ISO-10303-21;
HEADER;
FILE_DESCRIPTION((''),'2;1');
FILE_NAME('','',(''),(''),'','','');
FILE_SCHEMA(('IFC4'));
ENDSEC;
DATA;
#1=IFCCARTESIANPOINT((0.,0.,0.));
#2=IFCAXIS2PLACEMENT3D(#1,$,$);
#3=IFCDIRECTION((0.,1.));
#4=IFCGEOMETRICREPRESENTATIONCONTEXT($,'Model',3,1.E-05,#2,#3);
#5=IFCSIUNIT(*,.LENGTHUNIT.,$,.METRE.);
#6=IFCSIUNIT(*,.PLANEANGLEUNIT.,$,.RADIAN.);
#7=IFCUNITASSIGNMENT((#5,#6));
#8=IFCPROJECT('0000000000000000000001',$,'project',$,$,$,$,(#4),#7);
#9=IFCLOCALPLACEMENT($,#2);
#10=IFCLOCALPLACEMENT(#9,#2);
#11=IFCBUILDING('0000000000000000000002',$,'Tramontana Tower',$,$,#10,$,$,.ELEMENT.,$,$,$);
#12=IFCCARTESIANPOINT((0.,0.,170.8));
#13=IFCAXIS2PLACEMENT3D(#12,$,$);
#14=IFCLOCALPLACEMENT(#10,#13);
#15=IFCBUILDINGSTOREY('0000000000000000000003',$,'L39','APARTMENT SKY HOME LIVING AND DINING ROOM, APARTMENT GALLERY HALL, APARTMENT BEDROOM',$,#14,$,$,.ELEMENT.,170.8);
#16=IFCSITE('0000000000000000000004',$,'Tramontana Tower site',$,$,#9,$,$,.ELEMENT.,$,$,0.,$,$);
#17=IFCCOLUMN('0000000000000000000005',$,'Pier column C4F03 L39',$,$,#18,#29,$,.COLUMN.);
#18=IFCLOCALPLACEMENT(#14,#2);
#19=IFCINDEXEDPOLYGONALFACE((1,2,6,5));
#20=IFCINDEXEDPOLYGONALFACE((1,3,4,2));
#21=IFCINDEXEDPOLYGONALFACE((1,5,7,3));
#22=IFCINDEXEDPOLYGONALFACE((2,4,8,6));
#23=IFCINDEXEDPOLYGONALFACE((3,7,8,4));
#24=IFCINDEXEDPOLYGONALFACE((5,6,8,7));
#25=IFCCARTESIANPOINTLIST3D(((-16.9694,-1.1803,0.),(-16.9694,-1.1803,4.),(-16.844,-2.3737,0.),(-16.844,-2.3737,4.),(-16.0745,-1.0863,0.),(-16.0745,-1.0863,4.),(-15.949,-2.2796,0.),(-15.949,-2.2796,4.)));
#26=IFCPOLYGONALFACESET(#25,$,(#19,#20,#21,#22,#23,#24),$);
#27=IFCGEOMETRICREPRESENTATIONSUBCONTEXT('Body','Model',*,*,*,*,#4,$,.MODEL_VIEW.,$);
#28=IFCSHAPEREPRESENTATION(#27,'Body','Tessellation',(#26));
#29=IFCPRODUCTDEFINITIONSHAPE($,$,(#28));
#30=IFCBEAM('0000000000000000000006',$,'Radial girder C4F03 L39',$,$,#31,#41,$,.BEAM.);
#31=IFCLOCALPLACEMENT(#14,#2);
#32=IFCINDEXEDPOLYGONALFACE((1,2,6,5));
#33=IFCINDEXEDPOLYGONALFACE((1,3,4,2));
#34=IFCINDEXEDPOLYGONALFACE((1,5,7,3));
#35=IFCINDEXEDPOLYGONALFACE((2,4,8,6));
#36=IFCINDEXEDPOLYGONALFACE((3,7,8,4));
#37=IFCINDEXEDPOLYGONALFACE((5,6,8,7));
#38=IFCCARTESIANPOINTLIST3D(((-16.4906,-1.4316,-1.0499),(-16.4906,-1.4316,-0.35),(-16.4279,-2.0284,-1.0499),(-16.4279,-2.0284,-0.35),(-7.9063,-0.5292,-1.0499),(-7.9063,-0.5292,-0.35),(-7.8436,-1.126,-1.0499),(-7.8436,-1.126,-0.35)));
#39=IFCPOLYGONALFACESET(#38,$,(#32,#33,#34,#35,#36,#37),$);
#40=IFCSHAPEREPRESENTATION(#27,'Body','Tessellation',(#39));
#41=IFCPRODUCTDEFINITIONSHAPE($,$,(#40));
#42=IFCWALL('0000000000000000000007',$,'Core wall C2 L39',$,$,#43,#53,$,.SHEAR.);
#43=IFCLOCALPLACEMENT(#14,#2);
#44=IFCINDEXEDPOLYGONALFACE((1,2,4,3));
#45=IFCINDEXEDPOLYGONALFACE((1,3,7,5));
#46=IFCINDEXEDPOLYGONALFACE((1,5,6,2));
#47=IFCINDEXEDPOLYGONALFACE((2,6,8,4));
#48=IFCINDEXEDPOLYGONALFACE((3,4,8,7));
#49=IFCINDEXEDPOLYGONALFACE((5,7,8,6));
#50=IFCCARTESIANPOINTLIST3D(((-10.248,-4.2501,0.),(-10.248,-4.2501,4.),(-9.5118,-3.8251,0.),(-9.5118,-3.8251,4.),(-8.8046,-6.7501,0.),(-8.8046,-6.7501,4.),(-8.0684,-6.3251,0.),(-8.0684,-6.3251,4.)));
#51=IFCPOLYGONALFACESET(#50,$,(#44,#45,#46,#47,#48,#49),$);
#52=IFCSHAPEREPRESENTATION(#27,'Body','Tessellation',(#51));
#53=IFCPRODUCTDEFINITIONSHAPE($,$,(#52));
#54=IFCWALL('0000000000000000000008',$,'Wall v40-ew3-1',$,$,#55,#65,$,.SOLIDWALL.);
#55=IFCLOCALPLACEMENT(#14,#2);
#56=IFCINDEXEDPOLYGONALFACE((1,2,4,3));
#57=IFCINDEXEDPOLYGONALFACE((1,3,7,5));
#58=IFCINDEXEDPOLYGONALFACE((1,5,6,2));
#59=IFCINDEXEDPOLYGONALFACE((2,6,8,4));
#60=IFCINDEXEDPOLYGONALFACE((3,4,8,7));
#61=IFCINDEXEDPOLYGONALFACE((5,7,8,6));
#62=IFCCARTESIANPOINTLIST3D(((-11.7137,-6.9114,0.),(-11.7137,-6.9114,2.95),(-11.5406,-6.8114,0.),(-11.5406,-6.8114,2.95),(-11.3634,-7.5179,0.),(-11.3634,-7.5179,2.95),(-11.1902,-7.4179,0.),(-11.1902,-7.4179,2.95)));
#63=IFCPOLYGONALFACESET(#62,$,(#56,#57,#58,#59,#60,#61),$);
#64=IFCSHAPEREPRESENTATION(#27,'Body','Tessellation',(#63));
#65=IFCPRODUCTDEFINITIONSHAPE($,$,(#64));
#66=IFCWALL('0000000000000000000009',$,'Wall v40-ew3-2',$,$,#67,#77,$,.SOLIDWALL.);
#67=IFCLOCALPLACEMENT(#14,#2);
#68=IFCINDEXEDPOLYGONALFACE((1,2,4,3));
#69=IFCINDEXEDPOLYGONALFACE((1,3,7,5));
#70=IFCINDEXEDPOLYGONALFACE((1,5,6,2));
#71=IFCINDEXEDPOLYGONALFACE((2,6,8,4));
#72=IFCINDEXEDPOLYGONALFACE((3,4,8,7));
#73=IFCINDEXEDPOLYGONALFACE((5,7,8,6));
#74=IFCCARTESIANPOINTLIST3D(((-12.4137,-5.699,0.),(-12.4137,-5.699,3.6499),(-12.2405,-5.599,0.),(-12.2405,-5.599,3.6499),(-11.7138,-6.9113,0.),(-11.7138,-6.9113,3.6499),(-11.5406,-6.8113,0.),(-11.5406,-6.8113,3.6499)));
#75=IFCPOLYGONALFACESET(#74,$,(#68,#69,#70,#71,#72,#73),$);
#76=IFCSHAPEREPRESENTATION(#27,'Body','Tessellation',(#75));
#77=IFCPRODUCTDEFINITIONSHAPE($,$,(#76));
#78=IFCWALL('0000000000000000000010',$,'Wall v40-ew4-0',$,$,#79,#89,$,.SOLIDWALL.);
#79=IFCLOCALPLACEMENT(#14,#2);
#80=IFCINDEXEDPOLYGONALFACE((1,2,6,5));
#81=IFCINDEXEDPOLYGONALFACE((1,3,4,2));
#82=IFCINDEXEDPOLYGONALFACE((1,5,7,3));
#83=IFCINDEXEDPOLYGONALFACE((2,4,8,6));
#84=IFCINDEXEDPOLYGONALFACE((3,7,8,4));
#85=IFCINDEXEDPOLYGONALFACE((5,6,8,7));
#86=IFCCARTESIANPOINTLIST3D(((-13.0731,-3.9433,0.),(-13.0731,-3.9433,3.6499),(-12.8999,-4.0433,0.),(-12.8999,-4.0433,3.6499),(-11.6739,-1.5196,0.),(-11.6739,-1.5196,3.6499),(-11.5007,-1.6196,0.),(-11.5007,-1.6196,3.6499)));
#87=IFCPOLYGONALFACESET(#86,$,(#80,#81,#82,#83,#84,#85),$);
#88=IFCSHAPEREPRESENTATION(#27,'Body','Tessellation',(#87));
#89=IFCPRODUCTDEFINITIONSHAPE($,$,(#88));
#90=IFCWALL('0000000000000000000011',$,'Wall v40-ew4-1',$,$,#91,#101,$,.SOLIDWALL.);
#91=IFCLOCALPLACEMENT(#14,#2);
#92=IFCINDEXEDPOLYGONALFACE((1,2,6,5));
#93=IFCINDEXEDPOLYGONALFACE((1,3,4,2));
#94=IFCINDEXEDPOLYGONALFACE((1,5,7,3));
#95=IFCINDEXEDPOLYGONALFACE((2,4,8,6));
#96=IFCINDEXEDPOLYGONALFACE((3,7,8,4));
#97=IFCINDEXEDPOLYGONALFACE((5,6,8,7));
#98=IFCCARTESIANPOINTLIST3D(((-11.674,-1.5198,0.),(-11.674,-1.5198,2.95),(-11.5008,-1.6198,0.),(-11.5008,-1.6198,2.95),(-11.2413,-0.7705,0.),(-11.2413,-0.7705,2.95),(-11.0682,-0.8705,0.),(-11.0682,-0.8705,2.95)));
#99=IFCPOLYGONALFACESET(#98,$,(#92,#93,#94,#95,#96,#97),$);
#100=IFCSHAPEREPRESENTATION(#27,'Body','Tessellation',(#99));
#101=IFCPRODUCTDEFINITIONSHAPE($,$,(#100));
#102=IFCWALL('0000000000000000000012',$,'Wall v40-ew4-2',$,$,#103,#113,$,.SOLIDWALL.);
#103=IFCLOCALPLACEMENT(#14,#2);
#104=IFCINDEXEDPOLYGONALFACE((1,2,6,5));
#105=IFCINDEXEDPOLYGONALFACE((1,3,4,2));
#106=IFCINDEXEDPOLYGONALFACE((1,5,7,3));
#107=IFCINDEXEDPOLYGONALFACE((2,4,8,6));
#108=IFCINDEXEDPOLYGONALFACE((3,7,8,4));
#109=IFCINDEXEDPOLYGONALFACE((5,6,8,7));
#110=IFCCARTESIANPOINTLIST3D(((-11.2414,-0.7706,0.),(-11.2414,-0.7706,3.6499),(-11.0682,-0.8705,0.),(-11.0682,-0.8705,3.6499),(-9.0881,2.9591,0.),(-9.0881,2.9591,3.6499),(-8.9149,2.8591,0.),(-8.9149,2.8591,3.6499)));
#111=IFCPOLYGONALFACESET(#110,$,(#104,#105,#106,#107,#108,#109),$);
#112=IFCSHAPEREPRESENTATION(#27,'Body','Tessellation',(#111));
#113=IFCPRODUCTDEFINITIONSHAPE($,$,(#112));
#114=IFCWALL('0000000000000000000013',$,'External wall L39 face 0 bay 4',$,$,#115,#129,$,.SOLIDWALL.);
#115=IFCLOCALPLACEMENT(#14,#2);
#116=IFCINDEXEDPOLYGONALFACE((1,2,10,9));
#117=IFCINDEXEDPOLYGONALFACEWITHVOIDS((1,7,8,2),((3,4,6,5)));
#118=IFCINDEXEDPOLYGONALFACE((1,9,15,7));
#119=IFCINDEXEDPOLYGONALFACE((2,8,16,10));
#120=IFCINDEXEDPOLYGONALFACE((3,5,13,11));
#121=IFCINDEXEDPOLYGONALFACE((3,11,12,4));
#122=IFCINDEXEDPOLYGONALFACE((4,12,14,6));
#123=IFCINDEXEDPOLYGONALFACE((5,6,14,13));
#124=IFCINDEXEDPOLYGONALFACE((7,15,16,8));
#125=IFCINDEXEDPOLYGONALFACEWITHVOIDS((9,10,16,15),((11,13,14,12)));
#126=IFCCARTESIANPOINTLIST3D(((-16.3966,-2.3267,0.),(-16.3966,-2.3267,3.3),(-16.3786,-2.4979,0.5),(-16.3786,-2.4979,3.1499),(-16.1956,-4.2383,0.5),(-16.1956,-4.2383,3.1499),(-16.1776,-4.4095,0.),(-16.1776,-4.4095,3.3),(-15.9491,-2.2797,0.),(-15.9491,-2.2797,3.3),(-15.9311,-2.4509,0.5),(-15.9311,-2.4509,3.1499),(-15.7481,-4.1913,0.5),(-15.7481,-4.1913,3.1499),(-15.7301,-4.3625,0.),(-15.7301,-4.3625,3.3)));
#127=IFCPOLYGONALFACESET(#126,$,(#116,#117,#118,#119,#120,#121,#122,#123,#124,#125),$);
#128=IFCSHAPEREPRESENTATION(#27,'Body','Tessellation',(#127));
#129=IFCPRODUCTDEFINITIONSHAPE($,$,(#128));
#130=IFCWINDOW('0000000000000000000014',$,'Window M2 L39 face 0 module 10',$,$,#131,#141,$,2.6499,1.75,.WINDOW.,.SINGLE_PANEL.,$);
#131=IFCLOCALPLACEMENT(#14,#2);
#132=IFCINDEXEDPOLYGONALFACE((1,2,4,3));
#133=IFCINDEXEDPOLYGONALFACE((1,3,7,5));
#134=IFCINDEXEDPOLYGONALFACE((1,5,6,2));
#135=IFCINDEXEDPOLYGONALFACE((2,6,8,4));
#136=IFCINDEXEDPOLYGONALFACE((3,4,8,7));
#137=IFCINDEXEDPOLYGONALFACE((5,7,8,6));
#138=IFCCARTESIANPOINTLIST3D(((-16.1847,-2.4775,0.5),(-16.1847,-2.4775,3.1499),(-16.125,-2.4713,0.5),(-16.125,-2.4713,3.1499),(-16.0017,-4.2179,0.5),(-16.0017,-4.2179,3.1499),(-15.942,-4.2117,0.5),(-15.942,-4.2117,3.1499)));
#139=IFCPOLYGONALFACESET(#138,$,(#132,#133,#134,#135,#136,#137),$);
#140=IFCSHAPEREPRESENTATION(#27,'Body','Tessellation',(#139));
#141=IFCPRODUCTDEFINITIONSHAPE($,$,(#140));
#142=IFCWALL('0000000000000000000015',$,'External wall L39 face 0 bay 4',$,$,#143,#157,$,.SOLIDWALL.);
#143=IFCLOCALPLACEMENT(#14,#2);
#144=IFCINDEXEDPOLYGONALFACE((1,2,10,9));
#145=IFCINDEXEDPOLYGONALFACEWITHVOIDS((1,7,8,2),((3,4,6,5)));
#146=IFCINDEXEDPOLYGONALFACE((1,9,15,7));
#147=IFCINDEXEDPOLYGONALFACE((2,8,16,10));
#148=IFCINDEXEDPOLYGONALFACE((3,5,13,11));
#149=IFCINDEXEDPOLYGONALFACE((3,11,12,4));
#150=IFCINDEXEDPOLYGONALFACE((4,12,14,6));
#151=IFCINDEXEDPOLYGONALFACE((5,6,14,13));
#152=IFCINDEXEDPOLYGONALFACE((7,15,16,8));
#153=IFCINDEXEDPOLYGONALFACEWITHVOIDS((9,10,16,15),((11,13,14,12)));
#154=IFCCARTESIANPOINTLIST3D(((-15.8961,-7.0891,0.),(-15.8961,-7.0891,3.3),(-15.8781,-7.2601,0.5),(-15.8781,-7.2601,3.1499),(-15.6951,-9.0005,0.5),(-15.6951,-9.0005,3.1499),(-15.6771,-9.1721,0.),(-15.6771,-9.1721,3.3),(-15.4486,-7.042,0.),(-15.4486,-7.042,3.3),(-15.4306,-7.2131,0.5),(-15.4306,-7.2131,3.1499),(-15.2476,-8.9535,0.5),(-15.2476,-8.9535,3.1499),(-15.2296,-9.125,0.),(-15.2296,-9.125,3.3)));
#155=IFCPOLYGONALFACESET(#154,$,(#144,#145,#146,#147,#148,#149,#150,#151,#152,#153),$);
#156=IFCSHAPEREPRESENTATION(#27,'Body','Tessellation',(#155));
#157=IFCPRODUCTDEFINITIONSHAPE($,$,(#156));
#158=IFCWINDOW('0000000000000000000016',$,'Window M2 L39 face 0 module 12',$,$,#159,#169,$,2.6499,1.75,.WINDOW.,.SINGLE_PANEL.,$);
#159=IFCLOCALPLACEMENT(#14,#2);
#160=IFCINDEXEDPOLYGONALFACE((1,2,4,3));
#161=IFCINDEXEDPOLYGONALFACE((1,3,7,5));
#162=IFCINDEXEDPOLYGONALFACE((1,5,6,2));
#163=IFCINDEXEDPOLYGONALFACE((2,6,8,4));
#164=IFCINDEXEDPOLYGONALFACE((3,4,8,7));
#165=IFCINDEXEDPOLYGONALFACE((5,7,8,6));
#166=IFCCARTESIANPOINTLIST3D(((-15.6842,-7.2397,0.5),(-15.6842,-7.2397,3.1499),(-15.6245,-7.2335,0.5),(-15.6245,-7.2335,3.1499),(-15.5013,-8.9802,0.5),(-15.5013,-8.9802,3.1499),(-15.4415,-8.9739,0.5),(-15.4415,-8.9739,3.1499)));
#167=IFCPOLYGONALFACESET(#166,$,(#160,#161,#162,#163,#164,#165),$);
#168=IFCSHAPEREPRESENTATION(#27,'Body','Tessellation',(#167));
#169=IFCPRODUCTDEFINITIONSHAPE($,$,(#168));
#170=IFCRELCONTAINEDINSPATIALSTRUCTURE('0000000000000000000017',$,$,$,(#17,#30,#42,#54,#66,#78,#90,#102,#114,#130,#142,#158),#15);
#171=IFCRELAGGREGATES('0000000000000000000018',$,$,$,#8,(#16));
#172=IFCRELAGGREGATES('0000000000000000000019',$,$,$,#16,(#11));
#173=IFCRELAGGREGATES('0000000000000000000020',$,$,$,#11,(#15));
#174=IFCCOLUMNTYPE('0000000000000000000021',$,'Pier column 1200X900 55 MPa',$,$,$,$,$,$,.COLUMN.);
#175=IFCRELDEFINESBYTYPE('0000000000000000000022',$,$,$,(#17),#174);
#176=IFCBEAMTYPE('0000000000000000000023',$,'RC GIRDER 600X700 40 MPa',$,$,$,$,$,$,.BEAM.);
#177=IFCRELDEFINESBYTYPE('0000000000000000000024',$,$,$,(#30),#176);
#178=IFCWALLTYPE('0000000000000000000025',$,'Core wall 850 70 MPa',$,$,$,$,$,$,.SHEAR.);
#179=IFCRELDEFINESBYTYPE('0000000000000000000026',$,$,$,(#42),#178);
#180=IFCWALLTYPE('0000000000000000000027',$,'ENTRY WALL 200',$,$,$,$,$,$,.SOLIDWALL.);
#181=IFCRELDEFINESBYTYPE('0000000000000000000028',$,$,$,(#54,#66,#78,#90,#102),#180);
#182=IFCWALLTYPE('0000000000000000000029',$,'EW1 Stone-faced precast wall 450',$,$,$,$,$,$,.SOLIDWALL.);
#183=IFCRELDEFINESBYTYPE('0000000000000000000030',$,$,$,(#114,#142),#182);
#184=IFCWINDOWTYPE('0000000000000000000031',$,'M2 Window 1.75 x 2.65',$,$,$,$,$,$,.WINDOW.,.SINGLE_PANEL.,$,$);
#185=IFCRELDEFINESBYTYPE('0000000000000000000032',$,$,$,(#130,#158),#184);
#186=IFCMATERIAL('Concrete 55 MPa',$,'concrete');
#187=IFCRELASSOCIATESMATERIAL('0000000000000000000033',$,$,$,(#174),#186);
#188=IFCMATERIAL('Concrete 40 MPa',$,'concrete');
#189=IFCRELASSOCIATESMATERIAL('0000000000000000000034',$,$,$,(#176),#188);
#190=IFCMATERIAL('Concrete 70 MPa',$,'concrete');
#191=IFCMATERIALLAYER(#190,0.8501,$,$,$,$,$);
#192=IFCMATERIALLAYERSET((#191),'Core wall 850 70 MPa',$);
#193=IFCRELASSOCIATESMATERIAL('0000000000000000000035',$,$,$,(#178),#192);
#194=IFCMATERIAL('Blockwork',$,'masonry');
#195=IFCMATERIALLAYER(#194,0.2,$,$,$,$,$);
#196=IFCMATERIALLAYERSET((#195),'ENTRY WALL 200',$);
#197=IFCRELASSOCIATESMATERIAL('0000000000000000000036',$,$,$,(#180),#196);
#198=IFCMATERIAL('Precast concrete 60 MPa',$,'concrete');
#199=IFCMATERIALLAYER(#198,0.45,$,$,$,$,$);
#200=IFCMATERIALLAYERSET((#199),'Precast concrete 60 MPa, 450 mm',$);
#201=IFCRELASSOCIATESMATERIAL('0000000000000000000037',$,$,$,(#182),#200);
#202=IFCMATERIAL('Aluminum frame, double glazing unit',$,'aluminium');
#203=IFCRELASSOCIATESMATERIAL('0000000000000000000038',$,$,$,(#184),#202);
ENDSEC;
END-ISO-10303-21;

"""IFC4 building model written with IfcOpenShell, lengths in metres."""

from ifc_helpers import new_model, si_unit, direction, frame, frame_2d, origin, origin_2d, place, context, subcontext, project, spatial, rectangle, extrude, material, layer, layer_set, material_profile, profile_set, type_object, element, fill, save


model = new_model("IFC4")

# Units and contexts
model_context = context("Model", 3, precision=1e-05, world=origin(), true_north=direction((0.0, 1.0)))
body_context = subcontext(model_context, "Body", "Model", "MODEL_VIEW")
ifc_project = project(units=[si_unit("LENGTHUNIT", "METRE"), si_unit("PLANEANGLEUNIT", "RADIAN")], contexts=[model_context])

# Site, building, storey
site_placement = place(None, origin())
site = spatial("IfcSite", under=ifc_project, at=site_placement, Name="Tramontana Tower site", CompositionType="ELEMENT", RefElevation=0.0)
building_placement = place(site_placement, origin())
building = spatial("IfcBuilding", under=site, at=building_placement, Name="Tramontana Tower", CompositionType="ELEMENT")
storey_placement = place(building_placement, frame((0.0, 0.0, 170.8)))
storey = spatial("IfcBuildingStorey", under=building, at=storey_placement, Name="L39", Description="APARTMENT SKY HOME LIVING AND DINING ROOM, APARTMENT GALLERY HALL, APARTMENT BEDROOM", CompositionType="ELEMENT", Elevation=170.8)

# Column
ifc_material_1 = material(Name="Concrete 55 MPa", Category="concrete")
ifc_material_profile_1 = material_profile(ifc_material_1, rectangle(XDim=1.2, YDim=0.8999, at=origin_2d()), Name="Pier column 1200X900 55 MPa")
ifc_profile_set_1 = profile_set([ifc_material_profile_1], Name="Concrete 55 MPa")
column_type = type_object("IfcColumnType", Name="Pier column 1200X900 55 MPa", PredefinedType="COLUMN", material=ifc_profile_set_1)
column_placement = place(storey_placement, frame((-16.4592, -1.73, 0.0), z_axis=(0.0, 0.0, 1.0), x_axis=(0.104528, -0.994522, 0.0)))
element("IfcColumn", 1, at=column_placement, inside=storey, type_object=column_type, Name="Pier column C4F03 L39", PredefinedType="COLUMN", context=body_context, shape_type="SweptSolid", body=[
    extrude(rectangle(XDim=1.2, YDim=0.8999, at=origin_2d()), origin(), (0.0, 0.0, 1.0), 4.0),
])

# Beam
ifc_material_2 = material(Name="Concrete 40 MPa", Category="concrete")
ifc_material_profile_2 = material_profile(ifc_material_2, rectangle(XDim=0.6001, YDim=0.7, at=origin_2d()), Name="RC GIRDER 600X700 40 MPa")
ifc_profile_set_2 = profile_set([ifc_material_profile_2], Name="Concrete 40 MPa")
beam_type = type_object("IfcBeamType", Name="RC GIRDER 600X700 40 MPa", PredefinedType="BEAM", material=ifc_profile_set_2)
beam_placement = place(storey_placement, frame((-16.4592, -1.73, -0.7), z_axis=(0.994521, 0.10454, 0.0), x_axis=(-0.10454, 0.994521, 0.0)))
element("IfcBeam", 2, at=beam_placement, inside=storey, type_object=beam_type, Name="Radial girder C4F03 L39", PredefinedType="BEAM", context=body_context, shape_type="SweptSolid", body=[
    extrude(rectangle(XDim=0.6001, YDim=0.7, at=origin_2d()), origin(), (0.0, 0.0, 1.0), 8.6316),
])

# Walls
ifc_material_3 = material(Name="Concrete 70 MPa", Category="concrete")
ifc_layer_1 = layer(ifc_material_3, 0.8501)
ifc_layer_set_1 = layer_set([ifc_layer_1], Name="Core wall 850 70 MPa")
wall_type_1 = type_object("IfcWallType", Name="Core wall 850 70 MPa", PredefinedType="SHEAR", material=ifc_layer_set_1)
wall_1_placement = place(storey_placement, frame((-9.8799, -4.0376, 0.0), z_axis=(0.0, 0.0, 1.0), x_axis=(0.499996, -0.866028, 0.0)))
element("IfcWall", 3, at=wall_1_placement, inside=storey, type_object=wall_type_1, Name="Core wall C2 L39", PredefinedType="SHEAR", context=body_context, shape_type="SweptSolid", body=[
    extrude(rectangle(XDim=2.8867, YDim=0.8501, at=frame_2d((1.4434, 0.0))), origin(), (0.0, 0.0, 1.0), 4.0),
])
ifc_material_4 = material(Name="Blockwork", Category="masonry")
ifc_layer_2 = layer(ifc_material_4, 0.2)
ifc_layer_set_2 = layer_set([ifc_layer_2], Name="ENTRY WALL 200")
wall_type_2 = type_object("IfcWallType", Name="ENTRY WALL 200", PredefinedType="SOLIDWALL", material=ifc_layer_set_2)
wall_2_placement = place(storey_placement, frame((-11.2769, -7.4678, 0.0), z_axis=(0.0, 0.0, 1.0), x_axis=(-0.500225, 0.865895, 0.0)))
element("IfcWall", 4, at=wall_2_placement, inside=storey, type_object=wall_type_2, Name="Wall v40-ew3-1", PredefinedType="SOLIDWALL", context=body_context, shape_type="SweptSolid", body=[
    extrude(rectangle(XDim=0.7004, YDim=0.2, at=frame_2d((0.3501, 0.0))), origin(), (0.0, 0.0, 1.0), 2.95),
])
wall_3_placement = place(storey_placement, frame((-11.6272, -6.8613, 0.0), z_axis=(0.0, 0.0, 1.0), x_axis=(-0.499984, 0.866035, 0.0)))
element("IfcWall", 5, at=wall_3_placement, inside=storey, type_object=wall_type_2, Name="Wall v40-ew3-2", PredefinedType="SOLIDWALL", context=body_context, shape_type="SweptSolid", body=[
    extrude(rectangle(XDim=1.3999, YDim=0.2, at=frame_2d((0.7, 0.0))), origin(), (0.0, 0.0, 1.0), 3.6499),
])
wall_4_placement = place(storey_placement, frame((-12.9866, -3.9934, 0.0), z_axis=(0.0, 0.0, 1.0), x_axis=(0.499977, 0.866039, 0.0)))
element("IfcWall", 6, at=wall_4_placement, inside=storey, type_object=wall_type_2, Name="Wall v40-ew4-0", PredefinedType="SOLIDWALL", context=body_context, shape_type="SweptSolid", body=[
    extrude(rectangle(XDim=2.7986, YDim=0.2, at=frame_2d((1.3994, 0.0))), origin(), (0.0, 0.0, 1.0), 3.6499),
])
wall_5_placement = place(storey_placement, frame((-11.5874, -1.5698, 0.0), z_axis=(0.0, 0.0, 1.0), x_axis=(0.500024, 0.866012, 0.0)))
element("IfcWall", 7, at=wall_5_placement, inside=storey, type_object=wall_type_2, Name="Wall v40-ew4-1", PredefinedType="SOLIDWALL", context=body_context, shape_type="SweptSolid", body=[
    extrude(rectangle(XDim=0.8652, YDim=0.2, at=frame_2d((0.4326, 0.0))), origin(), (0.0, 0.0, 1.0), 2.95),
])
wall_6_placement = place(storey_placement, frame((-11.1548, -0.8206, 0.0), z_axis=(0.0, 0.0, 1.0), x_axis=(0.499992, 0.86603, 0.0)))
element("IfcWall", 8, at=wall_6_placement, inside=storey, type_object=wall_type_2, Name="Wall v40-ew4-2", PredefinedType="SOLIDWALL", context=body_context, shape_type="SweptSolid", body=[
    extrude(rectangle(XDim=4.3066, YDim=0.2, at=frame_2d((2.1533, 0.0))), origin(), (0.0, 0.0, 1.0), 3.6499),
])

# Walls, openings, windows
ifc_material_5 = material(Name="Precast concrete 60 MPa", Category="concrete")
ifc_layer_3 = layer(ifc_material_5, 0.45)
ifc_layer_set_3 = layer_set([ifc_layer_3], Name="Precast concrete 60 MPa, 450 mm")
wall_type_3 = type_object("IfcWallType", Name="EW1 Stone-faced precast wall 450", PredefinedType="SOLIDWALL", material=ifc_layer_set_3)
wall_7_placement = place(storey_placement, frame((-16.1729, -2.3032, 0.0), z_axis=(0.0, 0.0, 1.0), x_axis=(0.104569, -0.994518, 0.0)))
wall_7 = element("IfcWall", 9, at=wall_7_placement, inside=storey, type_object=wall_type_3, Name="External wall L39 face 0 bay 4", PredefinedType="SOLIDWALL", context=body_context, shape_type="SweptSolid", body=[
    extrude(rectangle(XDim=2.0942, YDim=0.45, at=frame_2d((1.0471, 0.0))), origin(), (0.0, 0.0, 1.0), 3.3),
])
opening_1_placement = place(wall_7_placement, frame((0.1721, 0.0, 0.5)))
opening_1 = element("IfcOpeningElement", 10, at=opening_1_placement, cuts=wall_7, PredefinedType="OPENING", context=body_context, shape_type="SweptSolid", body=[
    extrude(rectangle(XDim=1.75, YDim=2.6499, at=frame_2d((0.875, 1.325))), frame((0.0, 0.2349, 0.0), z_axis=(0.0, -1.0, 0.0), x_axis=(1.0, 0.0, 0.0)), (0.0, 0.0, 1.0), 0.47),
])
ifc_material_6 = material(Name="Aluminum frame, double glazing unit", Category="aluminium")
window_type = type_object("IfcWindowType", Name="M2 Window 1.75 x 2.65", PartitioningType="SINGLE_PANEL", PredefinedType="WINDOW", material=ifc_material_6)
window_1_placement = place(opening_1_placement, origin())
window_1 = element("IfcWindow", 11, at=window_1_placement, inside=storey, type_object=window_type, Name="Window M2 L39 face 0 module 10", OverallHeight=2.6499, OverallWidth=1.75, PartitioningType="SINGLE_PANEL", PredefinedType="WINDOW", context=body_context, shape_type="SweptSolid", body=[
    extrude(rectangle(XDim=1.75, YDim=2.6499, at=frame_2d((0.875, 1.325))), frame((0.0, 0.03, 0.0), z_axis=(0.0, -1.0, 0.0), x_axis=(1.0, 0.0, 0.0)), (0.0, 0.0, 1.0), 0.0601),
])
fill(opening_1, window_1)
wall_8_placement = place(storey_placement, frame((-15.6724, -7.0654, 0.0), z_axis=(0.0, 0.0, 1.0), x_axis=(0.104557, -0.994519, 0.0)))
wall_8 = element("IfcWall", 12, at=wall_8_placement, inside=storey, type_object=wall_type_3, Name="External wall L39 face 0 bay 4", PredefinedType="SOLIDWALL", context=body_context, shape_type="SweptSolid", body=[
    extrude(rectangle(XDim=2.0945, YDim=0.45, at=frame_2d((1.0474, 0.0))), origin(), (0.0, 0.0, 1.0), 3.3),
])
opening_2_placement = place(wall_8_placement, frame((0.1721, 0.0, 0.5)))
opening_2 = element("IfcOpeningElement", 13, at=opening_2_placement, cuts=wall_8, PredefinedType="OPENING", context=body_context, shape_type="SweptSolid", body=[
    extrude(rectangle(XDim=1.75, YDim=2.6499, at=frame_2d((0.875, 1.325))), frame((0.0, 0.2349, 0.0), z_axis=(0.0, -1.0, 0.0), x_axis=(1.0, 0.0, 0.0)), (0.0, 0.0, 1.0), 0.47),
])
window_2_placement = place(opening_2_placement, origin())
window_2 = element("IfcWindow", 14, at=window_2_placement, inside=storey, type_object=window_type, Name="Window M2 L39 face 0 module 12", OverallHeight=2.6499, OverallWidth=1.75, PartitioningType="SINGLE_PANEL", PredefinedType="WINDOW", context=body_context, shape_type="SweptSolid", body=[
    extrude(rectangle(XDim=1.75, YDim=2.6499, at=frame_2d((0.875, 1.325))), frame((0.0, 0.03, 0.0), z_axis=(0.0, -1.0, 0.0), x_axis=(1.0, 0.0, 0.0)), (0.0, 0.0, 1.0), 0.0601),
])
fill(opening_2, window_2)

save(model, "model.ifc")
